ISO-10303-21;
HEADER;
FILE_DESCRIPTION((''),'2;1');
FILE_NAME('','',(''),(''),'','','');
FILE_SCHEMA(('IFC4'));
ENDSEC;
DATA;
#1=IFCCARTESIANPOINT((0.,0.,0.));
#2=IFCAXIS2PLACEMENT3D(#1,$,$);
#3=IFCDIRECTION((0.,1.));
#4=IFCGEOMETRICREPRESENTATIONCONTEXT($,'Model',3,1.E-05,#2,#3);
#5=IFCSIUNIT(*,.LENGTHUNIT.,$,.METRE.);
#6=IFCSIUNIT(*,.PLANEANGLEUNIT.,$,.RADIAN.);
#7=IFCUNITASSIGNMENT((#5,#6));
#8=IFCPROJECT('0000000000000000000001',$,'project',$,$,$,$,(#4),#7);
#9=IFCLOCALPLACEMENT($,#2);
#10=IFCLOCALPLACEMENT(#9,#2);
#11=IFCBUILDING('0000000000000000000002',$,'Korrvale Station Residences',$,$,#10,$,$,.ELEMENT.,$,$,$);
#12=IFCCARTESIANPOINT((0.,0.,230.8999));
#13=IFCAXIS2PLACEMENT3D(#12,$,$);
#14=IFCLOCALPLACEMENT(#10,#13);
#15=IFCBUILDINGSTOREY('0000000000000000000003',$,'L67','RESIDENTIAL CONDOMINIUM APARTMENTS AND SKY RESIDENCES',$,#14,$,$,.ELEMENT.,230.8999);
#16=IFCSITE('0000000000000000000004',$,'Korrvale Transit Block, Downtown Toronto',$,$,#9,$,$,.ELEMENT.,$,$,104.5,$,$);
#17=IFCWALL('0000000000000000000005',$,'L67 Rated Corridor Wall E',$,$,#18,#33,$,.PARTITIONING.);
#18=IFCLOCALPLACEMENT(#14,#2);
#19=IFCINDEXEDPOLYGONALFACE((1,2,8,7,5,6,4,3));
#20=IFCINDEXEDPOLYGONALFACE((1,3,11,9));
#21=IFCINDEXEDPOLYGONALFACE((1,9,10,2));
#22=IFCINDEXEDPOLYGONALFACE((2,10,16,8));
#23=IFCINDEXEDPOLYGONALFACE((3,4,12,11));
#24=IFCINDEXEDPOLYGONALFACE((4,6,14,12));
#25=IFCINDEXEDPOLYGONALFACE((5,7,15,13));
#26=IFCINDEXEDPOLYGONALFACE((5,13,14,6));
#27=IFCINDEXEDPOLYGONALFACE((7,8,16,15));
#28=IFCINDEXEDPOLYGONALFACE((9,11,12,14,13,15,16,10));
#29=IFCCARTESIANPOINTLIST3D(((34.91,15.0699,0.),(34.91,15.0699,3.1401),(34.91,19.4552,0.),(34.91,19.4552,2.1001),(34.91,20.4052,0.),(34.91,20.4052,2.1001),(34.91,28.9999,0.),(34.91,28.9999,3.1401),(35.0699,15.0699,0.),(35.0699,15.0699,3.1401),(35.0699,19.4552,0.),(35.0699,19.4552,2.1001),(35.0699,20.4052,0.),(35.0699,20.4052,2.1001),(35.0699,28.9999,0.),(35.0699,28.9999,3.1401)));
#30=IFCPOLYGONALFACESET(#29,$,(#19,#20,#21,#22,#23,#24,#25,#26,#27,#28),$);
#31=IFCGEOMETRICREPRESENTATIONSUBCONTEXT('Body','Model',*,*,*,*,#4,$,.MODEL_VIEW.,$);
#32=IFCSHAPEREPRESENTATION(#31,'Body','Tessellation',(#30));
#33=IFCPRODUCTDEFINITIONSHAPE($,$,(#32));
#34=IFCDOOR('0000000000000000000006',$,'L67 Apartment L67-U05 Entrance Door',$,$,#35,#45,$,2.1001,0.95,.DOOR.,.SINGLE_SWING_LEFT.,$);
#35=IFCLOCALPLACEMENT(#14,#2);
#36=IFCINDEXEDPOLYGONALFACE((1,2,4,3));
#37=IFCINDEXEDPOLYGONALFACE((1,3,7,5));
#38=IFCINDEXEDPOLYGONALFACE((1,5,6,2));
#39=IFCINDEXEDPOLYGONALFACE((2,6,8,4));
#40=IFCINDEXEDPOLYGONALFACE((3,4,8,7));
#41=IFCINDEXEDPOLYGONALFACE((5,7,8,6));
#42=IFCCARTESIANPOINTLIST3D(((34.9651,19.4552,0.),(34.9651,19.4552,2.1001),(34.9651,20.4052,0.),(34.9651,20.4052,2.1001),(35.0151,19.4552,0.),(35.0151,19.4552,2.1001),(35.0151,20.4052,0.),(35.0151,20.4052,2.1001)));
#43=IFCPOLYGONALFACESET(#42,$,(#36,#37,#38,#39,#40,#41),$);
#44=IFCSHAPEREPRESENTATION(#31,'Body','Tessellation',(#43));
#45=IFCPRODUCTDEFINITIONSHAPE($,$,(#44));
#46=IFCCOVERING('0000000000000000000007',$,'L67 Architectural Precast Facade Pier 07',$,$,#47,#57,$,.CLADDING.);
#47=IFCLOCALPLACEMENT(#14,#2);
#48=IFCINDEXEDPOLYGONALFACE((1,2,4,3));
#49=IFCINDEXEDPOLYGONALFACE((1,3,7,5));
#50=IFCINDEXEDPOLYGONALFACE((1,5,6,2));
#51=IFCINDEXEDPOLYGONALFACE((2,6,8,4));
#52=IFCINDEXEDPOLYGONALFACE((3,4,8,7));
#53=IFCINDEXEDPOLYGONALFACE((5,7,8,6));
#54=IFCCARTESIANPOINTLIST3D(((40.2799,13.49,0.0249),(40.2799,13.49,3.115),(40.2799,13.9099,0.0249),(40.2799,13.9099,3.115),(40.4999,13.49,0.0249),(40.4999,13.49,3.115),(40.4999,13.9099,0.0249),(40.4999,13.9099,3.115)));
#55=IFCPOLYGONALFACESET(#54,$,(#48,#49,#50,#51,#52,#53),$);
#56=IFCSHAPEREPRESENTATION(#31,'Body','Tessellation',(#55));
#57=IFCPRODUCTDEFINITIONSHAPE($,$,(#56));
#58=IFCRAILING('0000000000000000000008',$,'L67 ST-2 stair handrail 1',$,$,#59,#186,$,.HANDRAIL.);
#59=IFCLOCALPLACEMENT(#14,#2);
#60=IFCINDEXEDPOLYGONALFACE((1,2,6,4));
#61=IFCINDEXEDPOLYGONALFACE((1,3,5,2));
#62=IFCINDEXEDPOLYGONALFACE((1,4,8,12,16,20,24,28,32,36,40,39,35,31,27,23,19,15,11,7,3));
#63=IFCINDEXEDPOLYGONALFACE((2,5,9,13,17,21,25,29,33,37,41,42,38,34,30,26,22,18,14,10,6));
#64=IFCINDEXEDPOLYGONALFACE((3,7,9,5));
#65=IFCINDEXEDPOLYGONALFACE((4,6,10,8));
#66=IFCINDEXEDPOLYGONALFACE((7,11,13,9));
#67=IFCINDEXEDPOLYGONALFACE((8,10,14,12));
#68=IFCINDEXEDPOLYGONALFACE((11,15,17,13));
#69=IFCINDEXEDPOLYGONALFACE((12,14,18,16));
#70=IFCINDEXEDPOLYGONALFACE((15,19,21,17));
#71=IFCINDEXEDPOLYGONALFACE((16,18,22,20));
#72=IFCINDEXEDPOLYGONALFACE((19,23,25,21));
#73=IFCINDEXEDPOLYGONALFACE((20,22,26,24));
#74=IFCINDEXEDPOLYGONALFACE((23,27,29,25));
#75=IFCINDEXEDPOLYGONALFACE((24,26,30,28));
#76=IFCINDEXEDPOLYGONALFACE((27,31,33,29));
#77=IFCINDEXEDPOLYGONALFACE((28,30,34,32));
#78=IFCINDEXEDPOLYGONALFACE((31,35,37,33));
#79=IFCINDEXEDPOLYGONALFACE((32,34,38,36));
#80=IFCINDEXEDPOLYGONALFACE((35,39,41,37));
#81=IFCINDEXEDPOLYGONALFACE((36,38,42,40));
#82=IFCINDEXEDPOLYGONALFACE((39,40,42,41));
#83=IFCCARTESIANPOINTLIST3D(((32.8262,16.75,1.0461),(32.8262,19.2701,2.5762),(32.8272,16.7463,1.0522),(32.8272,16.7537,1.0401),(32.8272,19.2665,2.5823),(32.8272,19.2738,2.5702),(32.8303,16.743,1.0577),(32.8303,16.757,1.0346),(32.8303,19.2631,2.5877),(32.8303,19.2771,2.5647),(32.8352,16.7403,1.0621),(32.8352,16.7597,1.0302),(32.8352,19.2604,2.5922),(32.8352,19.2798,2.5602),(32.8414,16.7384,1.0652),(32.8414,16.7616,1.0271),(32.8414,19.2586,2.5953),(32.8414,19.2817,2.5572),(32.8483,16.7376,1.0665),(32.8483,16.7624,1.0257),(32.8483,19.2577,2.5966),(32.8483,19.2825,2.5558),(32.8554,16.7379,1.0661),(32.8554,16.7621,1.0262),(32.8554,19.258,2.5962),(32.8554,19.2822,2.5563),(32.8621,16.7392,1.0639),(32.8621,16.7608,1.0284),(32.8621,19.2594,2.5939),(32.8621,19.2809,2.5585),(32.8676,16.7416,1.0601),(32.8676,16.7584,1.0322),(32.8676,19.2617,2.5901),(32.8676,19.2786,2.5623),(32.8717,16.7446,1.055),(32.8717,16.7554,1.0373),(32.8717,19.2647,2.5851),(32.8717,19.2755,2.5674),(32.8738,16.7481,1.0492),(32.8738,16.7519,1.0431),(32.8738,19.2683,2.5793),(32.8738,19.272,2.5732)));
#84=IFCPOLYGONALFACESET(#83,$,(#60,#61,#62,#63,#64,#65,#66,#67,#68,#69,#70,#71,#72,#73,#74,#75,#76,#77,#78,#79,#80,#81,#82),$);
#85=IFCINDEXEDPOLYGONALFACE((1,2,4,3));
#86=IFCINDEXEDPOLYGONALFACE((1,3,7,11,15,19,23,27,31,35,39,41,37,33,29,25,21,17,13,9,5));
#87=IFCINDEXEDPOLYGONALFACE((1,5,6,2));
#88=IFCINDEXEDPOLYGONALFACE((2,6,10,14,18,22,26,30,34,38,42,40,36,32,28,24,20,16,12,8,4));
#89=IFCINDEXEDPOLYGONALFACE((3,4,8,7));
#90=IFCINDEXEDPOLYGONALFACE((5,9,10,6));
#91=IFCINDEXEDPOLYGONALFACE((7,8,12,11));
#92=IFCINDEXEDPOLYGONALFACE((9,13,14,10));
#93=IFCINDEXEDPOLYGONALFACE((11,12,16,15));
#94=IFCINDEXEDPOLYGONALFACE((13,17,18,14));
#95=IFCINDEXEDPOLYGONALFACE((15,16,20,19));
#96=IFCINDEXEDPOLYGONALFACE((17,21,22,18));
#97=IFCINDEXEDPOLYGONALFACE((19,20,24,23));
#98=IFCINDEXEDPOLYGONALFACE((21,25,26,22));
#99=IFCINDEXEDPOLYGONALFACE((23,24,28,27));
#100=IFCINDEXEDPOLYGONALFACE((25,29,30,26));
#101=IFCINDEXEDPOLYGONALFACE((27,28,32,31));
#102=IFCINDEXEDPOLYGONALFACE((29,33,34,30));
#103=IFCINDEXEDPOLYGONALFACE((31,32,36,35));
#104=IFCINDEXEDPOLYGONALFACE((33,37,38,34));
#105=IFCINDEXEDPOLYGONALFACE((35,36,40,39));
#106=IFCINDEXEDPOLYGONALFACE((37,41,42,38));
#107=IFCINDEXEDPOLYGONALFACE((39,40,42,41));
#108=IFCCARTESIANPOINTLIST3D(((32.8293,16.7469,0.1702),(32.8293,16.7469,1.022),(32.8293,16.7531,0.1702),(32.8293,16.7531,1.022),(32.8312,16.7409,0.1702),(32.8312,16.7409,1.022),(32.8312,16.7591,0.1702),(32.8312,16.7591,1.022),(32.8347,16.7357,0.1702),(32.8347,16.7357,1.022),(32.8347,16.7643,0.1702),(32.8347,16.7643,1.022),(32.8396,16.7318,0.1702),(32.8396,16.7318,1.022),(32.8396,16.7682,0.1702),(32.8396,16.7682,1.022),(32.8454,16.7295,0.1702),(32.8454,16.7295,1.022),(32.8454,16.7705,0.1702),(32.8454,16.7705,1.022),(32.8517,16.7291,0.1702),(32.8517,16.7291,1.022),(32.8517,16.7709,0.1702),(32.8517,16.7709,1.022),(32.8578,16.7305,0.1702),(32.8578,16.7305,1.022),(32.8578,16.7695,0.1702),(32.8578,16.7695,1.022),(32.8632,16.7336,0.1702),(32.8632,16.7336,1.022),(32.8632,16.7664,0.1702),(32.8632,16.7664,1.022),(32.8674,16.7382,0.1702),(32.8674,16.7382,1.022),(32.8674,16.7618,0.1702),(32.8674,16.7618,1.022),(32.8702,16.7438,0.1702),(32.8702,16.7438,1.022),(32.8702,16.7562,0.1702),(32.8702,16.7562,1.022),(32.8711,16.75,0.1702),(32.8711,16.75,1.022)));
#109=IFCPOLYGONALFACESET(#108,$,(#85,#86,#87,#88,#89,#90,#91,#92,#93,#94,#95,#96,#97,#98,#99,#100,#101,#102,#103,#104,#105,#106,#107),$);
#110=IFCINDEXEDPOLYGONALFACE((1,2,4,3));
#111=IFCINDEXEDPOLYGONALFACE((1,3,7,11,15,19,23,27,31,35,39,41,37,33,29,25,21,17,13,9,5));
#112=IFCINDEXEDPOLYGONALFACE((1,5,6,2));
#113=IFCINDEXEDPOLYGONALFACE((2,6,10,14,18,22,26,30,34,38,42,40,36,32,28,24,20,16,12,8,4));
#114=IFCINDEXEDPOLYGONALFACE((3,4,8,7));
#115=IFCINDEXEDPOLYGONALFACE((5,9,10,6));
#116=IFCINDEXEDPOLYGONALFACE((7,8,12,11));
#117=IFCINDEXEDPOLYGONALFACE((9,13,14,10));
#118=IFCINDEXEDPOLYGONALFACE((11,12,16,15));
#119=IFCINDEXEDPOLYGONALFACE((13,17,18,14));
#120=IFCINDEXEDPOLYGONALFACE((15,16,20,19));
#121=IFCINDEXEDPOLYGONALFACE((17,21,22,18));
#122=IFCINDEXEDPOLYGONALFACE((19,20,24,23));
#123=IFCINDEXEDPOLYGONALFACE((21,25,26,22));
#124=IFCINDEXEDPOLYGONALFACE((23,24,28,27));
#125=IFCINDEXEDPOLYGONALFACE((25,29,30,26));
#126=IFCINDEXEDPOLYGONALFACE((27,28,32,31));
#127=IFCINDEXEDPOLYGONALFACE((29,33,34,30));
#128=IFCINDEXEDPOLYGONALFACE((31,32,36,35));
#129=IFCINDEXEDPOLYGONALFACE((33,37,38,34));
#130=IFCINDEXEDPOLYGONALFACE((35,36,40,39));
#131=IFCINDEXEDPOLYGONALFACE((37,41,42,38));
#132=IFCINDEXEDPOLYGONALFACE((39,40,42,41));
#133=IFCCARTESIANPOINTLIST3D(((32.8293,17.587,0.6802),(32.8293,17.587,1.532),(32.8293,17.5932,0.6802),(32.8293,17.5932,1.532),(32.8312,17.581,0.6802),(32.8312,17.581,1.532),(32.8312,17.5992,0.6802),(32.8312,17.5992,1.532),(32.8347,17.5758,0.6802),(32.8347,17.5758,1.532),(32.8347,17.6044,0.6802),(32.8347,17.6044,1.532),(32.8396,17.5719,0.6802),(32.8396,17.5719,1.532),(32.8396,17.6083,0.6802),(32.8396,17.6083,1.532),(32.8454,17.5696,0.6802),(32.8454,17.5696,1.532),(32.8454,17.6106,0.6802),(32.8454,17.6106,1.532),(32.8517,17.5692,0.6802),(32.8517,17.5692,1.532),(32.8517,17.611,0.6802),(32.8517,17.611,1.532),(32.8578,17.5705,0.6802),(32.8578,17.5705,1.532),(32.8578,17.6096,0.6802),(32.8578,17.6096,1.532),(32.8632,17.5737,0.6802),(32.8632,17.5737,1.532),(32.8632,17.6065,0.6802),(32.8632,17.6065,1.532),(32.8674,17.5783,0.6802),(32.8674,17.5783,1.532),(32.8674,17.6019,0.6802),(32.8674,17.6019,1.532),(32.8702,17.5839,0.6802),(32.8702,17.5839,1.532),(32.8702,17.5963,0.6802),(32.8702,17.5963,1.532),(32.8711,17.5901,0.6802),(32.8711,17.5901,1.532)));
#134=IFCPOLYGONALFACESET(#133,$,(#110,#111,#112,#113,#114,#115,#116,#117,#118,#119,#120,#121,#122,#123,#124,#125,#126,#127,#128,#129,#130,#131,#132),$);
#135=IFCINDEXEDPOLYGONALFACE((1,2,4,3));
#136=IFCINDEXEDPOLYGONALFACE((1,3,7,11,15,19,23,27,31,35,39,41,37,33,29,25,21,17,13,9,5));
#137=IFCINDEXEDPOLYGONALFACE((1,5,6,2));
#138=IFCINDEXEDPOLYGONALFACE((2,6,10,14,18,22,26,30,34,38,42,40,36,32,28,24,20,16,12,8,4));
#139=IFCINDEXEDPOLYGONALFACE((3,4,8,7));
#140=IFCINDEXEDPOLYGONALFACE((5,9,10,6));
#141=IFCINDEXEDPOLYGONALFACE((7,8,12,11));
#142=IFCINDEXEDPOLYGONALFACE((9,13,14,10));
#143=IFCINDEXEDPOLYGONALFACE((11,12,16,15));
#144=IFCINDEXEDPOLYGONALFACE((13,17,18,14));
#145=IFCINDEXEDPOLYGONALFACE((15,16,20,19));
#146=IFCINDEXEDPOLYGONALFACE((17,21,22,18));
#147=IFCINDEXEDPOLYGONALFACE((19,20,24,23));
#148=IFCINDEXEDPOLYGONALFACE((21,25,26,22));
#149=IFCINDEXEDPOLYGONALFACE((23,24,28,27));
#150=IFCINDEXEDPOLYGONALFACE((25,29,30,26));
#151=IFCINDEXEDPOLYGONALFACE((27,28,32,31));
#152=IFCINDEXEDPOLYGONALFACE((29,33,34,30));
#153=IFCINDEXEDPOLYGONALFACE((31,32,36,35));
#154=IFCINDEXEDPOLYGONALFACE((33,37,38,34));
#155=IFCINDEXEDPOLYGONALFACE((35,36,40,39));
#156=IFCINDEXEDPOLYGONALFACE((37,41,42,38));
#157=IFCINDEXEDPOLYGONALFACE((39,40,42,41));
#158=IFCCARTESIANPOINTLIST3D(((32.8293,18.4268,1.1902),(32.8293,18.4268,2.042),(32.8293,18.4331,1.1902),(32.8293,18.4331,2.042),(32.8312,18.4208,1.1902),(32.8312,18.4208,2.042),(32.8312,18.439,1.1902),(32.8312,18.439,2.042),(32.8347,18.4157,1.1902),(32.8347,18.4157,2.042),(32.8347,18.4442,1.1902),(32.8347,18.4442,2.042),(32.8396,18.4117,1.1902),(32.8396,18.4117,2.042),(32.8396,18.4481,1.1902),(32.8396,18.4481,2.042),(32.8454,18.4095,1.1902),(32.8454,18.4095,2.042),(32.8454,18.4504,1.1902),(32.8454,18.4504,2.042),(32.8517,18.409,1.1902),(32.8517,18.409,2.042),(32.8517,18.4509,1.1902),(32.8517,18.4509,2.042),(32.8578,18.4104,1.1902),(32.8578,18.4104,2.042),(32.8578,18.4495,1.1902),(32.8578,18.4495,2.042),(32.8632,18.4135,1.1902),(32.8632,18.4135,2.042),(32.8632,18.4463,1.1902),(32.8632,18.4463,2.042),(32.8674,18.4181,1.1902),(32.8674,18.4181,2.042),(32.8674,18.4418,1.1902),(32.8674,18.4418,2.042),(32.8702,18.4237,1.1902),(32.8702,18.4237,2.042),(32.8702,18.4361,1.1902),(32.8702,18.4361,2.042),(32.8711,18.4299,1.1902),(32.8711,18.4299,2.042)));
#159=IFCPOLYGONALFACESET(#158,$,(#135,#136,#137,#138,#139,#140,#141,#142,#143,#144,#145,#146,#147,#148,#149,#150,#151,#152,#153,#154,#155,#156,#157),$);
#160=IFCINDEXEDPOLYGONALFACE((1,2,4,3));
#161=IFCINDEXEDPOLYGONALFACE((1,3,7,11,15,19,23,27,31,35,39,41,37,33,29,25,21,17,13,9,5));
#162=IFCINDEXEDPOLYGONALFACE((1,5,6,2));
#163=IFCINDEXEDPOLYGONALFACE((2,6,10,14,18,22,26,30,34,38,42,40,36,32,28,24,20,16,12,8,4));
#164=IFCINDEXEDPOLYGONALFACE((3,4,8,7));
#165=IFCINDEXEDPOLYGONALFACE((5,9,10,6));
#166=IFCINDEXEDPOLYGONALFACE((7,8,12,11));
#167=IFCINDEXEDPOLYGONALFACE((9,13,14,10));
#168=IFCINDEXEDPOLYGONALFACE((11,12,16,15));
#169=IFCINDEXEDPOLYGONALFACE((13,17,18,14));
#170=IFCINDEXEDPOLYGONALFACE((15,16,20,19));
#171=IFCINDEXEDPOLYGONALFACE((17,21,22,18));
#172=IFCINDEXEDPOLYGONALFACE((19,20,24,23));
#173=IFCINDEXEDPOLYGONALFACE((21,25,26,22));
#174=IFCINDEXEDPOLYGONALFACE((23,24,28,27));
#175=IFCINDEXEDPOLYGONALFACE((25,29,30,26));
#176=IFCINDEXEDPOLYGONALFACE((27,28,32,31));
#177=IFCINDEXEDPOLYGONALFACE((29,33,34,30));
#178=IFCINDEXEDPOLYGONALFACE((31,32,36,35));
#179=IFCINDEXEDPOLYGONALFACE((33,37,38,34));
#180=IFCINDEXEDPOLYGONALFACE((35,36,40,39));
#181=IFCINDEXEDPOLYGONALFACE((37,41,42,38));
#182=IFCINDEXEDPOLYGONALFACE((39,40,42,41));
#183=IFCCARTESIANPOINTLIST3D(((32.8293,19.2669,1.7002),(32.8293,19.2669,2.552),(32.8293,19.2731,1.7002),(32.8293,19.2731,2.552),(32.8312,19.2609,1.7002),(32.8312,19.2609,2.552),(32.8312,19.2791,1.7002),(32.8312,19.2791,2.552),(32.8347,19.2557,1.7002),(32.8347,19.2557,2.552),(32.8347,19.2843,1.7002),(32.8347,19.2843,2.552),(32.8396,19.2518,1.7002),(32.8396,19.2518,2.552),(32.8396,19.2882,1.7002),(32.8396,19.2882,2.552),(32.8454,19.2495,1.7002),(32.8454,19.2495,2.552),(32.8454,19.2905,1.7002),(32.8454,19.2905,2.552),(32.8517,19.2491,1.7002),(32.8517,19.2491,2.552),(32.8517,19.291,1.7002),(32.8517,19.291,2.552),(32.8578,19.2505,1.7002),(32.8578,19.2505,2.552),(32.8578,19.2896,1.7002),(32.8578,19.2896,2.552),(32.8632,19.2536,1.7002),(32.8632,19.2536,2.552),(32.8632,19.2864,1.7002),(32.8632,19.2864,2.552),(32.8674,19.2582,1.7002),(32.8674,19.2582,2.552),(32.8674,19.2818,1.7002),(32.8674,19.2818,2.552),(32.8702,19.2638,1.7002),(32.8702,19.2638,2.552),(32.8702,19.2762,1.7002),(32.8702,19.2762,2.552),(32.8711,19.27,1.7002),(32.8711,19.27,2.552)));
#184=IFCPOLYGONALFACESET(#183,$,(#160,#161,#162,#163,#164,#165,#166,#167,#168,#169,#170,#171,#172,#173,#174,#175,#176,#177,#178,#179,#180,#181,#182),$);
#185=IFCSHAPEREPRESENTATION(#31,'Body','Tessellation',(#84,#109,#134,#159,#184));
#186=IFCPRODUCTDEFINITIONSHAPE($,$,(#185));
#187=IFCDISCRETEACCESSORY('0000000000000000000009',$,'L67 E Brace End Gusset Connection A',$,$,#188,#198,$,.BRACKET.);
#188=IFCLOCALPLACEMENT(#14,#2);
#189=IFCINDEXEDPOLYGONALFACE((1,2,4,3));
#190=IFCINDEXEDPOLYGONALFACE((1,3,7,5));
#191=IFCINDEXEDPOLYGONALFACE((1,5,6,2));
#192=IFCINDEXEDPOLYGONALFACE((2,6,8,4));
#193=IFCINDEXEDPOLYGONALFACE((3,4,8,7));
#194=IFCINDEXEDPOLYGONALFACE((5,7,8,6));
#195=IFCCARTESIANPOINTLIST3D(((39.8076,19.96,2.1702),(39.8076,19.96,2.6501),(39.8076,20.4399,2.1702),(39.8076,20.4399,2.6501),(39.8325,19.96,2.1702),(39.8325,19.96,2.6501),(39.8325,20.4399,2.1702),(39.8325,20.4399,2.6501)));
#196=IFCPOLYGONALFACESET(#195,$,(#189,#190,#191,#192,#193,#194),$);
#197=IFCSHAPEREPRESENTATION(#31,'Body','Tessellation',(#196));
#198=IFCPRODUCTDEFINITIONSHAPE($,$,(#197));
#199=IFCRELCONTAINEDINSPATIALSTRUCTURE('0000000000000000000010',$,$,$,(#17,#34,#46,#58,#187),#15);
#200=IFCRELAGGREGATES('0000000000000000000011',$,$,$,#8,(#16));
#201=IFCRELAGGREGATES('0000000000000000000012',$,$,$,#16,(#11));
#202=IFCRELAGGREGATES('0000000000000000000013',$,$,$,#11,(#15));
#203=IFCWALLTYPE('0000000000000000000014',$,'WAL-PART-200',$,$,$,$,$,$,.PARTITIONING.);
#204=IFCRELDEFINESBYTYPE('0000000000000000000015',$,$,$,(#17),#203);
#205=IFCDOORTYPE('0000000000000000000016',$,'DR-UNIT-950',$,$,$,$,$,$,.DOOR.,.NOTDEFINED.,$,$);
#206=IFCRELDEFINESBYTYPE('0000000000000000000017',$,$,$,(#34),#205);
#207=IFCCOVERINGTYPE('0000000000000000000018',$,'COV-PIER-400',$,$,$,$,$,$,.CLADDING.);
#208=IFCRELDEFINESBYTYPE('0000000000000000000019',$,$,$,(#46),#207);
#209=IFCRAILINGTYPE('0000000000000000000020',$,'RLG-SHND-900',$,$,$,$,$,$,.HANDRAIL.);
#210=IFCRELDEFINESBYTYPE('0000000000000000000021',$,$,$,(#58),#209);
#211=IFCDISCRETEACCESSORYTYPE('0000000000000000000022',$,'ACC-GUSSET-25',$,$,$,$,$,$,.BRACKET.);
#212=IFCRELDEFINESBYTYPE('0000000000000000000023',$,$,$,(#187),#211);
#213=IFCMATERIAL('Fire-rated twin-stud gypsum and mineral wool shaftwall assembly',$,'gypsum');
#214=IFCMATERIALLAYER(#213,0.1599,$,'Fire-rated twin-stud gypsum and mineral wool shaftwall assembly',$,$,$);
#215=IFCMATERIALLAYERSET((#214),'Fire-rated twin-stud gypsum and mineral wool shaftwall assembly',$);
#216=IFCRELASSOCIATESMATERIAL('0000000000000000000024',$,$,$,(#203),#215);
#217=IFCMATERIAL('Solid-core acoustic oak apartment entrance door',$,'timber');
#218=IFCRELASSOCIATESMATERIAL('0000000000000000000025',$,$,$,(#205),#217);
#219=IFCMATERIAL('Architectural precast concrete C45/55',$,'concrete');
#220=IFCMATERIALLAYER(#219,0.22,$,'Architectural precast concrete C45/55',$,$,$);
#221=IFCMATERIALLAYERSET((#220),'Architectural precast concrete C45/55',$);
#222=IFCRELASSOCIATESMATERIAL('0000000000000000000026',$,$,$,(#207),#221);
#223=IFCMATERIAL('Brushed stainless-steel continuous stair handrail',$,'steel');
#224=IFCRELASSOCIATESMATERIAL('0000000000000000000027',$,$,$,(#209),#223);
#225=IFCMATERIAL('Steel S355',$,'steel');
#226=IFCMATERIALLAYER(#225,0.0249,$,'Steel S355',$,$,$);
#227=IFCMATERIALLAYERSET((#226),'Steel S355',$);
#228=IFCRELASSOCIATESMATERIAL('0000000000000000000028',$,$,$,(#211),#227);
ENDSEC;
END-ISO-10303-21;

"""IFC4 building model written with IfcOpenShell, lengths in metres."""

from ifc_helpers import new_model, si_unit, direction, frame, frame_2d, origin, origin_2d, place, context, subcontext, project, spatial, rectangle, circle, extrude, material, layer, layer_set, type_object, element, fill, save


model = new_model("IFC4")

# Units and contexts
model_context = context("Model", 3, precision=1e-05, world=origin(), true_north=direction((0.0, 1.0)))
body_context = subcontext(model_context, "Body", "Model", "MODEL_VIEW")
ifc_project = project(units=[si_unit("LENGTHUNIT", "METRE"), si_unit("PLANEANGLEUNIT", "RADIAN")], contexts=[model_context])

# Site, building, storey
site_placement = place(None, origin())
site = spatial("IfcSite", under=ifc_project, at=site_placement, Name="Korrvale Transit Block, Downtown Toronto", CompositionType="ELEMENT", RefElevation=104.5)
building_placement = place(site_placement, origin())
building = spatial("IfcBuilding", under=site, at=building_placement, Name="Korrvale Station Residences", CompositionType="ELEMENT")
storey_placement = place(building_placement, frame((0.0, 0.0, 230.8999)))
storey = spatial("IfcBuildingStorey", under=building, at=storey_placement, Name="L67", Description="RESIDENTIAL CONDOMINIUM APARTMENTS AND SKY RESIDENCES", CompositionType="ELEMENT", Elevation=230.8999)

# Shared definitions
ifc_material_1 = material(Name="Steel S355", Category="steel")

# Shared definitions
ifc_material_2 = material(Name="Fire-rated twin-stud gypsum and mineral wool shaftwall assembly", Category="gypsum")
ifc_layer_1 = layer(ifc_material_2, 0.1599, Name="Fire-rated twin-stud gypsum and mineral wool shaftwall assembly")
ifc_layer_set_1 = layer_set([ifc_layer_1], Name="Fire-rated twin-stud gypsum and mineral wool shaftwall assembly")
wall_type_1 = type_object("IfcWallType", Name="WAL-PART-200", PredefinedType="PARTITIONING", material=ifc_layer_set_1)

# Wall, opening, door
wall_1_placement = place(storey_placement, frame((34.99, 15.0701, 0.0), z_axis=(0.0, 0.0, 1.0), x_axis=(0.0, 1.0, 0.0)))
wall_1 = element("IfcWall", 1, at=wall_1_placement, inside=storey, type_object=wall_type_1, Name="L67 Rated Corridor Wall E", PredefinedType="PARTITIONING", context=body_context, shape_type="SweptSolid", body=[
    extrude(rectangle(XDim=13.9299, YDim=0.1599, at=frame_2d((6.9648, 0.0))), origin(), (0.0, 0.0, 1.0), 3.1401),
])
opening_1_placement = place(wall_1_placement, frame((4.385, 0.0, 0.0)))
opening_1 = element("IfcOpeningElement", 2, at=opening_1_placement, cuts=wall_1, PredefinedType="OPENING", context=body_context, shape_type="SweptSolid", body=[
    extrude(rectangle(XDim=0.95, YDim=2.1001, at=frame_2d((0.4751, 1.05))), frame((0.0, 0.0898, 0.0), z_axis=(0.0, -1.0, 0.0), x_axis=(1.0, 0.0, 0.0)), (0.0, 0.0, 1.0), 0.1799),
])
ifc_material_3 = material(Name="Solid-core acoustic oak apartment entrance door", Category="timber")
door_type_1 = type_object("IfcDoorType", Name="DR-UNIT-950", OperationType="NOTDEFINED", PredefinedType="DOOR", material=ifc_material_3)
door_1_placement = place(opening_1_placement, origin())
door_1 = element("IfcDoor", 3, at=door_1_placement, inside=storey, type_object=door_type_1, Name="L67 Apartment L67-U05 Entrance Door", OperationType="SINGLE_SWING_LEFT", OverallHeight=2.1001, OverallWidth=0.95, PredefinedType="DOOR", context=body_context, shape_type="SweptSolid", body=[
    extrude(rectangle(XDim=0.95, YDim=2.1001, at=frame_2d((0.4751, 1.05))), frame((0.0, 0.0249, 0.0), z_axis=(0.0, -1.0, 0.0), x_axis=(1.0, 0.0, 0.0)), (0.0, 0.0, 1.0), 0.05),
])
fill(opening_1, door_1)

# Covering
ifc_material_4 = material(Name="Architectural precast concrete C45/55", Category="concrete")
ifc_layer_2 = layer(ifc_material_4, 0.22, Name="Architectural precast concrete C45/55")
ifc_layer_set_2 = layer_set([ifc_layer_2], Name="Architectural precast concrete C45/55")
covering_type = type_object("IfcCoveringType", Name="COV-PIER-400", PredefinedType="CLADDING", material=ifc_layer_set_2)
covering_placement = place(storey_placement, frame((40.3899, 13.7, 0.0249), z_axis=(0.0, 0.0, 1.0), x_axis=(0.0, 1.0, 0.0)))
element("IfcCovering", 4, at=covering_placement, inside=storey, type_object=covering_type, Name="L67 Architectural Precast Facade Pier 07", PredefinedType="CLADDING", context=body_context, shape_type="SweptSolid", body=[
    extrude(rectangle(XDim=0.4199, YDim=0.22, at=origin_2d()), origin(), (0.0, 0.0, 1.0), 3.0901),
])

# Railing
ifc_material_5 = material(Name="Brushed stainless-steel continuous stair handrail", Category="steel")
railing_type = type_object("IfcRailingType", Name="RLG-SHND-900", PredefinedType="HANDRAIL", material=ifc_material_5)
railing_placement = place(storey_placement, frame((32.8501, 16.75, 0.1702)))
element("IfcRailing", 5, at=railing_placement, inside=storey, type_object=railing_type, Name="L67 ST-2 stair handrail 1", PredefinedType="HANDRAIL", context=body_context, shape_type="SweptSolid", body=[
    extrude(circle(Radius=0.0239, at=origin_2d()), frame((0.0, 0.0, 0.876), z_axis=(0.0, 0.854785, 0.518982), x_axis=(-1.0, 0.0, 0.0)), (0.0, 0.0, 1.0), 2.9482),
    extrude(circle(Radius=0.021, at=origin_2d()), origin(), (0.0, 0.0, 1.0), 0.8518),
    extrude(circle(Radius=0.021, at=origin_2d()), frame((0.0, 0.8401, 0.51)), (0.0, 0.0, 1.0), 0.8518),
    extrude(circle(Radius=0.021, at=origin_2d()), frame((0.0, 1.6799, 1.02)), (0.0, 0.0, 1.0), 0.8518),
    extrude(circle(Radius=0.021, at=origin_2d()), frame((0.0, 2.52, 1.53)), (0.0, 0.0, 1.0), 0.8518),
])

# Discrete accessory
ifc_layer_3 = layer(ifc_material_1, 0.0249, Name="Steel S355")
ifc_layer_set_3 = layer_set([ifc_layer_3], Name="Steel S355")
discrete_accessory_type = type_object("IfcDiscreteAccessoryType", Name="ACC-GUSSET-25", PredefinedType="BRACKET", material=ifc_layer_set_3)
discrete_accessory_placement = place(storey_placement, frame((39.8201, 20.2, 2.1702), z_axis=(0.0, 0.0, 1.0), x_axis=(0.0, 1.0, 0.0)))
element("IfcDiscreteAccessory", 6, at=discrete_accessory_placement, inside=storey, type_object=discrete_accessory_type, Name="L67 E Brace End Gusset Connection A", PredefinedType="BRACKET", context=body_context, shape_type="SweptSolid", body=[
    extrude(rectangle(XDim=0.48, YDim=0.0249, at=origin_2d()), origin(), (0.0, 0.0, 1.0), 0.48),
])

save(model, "model.ifc")
